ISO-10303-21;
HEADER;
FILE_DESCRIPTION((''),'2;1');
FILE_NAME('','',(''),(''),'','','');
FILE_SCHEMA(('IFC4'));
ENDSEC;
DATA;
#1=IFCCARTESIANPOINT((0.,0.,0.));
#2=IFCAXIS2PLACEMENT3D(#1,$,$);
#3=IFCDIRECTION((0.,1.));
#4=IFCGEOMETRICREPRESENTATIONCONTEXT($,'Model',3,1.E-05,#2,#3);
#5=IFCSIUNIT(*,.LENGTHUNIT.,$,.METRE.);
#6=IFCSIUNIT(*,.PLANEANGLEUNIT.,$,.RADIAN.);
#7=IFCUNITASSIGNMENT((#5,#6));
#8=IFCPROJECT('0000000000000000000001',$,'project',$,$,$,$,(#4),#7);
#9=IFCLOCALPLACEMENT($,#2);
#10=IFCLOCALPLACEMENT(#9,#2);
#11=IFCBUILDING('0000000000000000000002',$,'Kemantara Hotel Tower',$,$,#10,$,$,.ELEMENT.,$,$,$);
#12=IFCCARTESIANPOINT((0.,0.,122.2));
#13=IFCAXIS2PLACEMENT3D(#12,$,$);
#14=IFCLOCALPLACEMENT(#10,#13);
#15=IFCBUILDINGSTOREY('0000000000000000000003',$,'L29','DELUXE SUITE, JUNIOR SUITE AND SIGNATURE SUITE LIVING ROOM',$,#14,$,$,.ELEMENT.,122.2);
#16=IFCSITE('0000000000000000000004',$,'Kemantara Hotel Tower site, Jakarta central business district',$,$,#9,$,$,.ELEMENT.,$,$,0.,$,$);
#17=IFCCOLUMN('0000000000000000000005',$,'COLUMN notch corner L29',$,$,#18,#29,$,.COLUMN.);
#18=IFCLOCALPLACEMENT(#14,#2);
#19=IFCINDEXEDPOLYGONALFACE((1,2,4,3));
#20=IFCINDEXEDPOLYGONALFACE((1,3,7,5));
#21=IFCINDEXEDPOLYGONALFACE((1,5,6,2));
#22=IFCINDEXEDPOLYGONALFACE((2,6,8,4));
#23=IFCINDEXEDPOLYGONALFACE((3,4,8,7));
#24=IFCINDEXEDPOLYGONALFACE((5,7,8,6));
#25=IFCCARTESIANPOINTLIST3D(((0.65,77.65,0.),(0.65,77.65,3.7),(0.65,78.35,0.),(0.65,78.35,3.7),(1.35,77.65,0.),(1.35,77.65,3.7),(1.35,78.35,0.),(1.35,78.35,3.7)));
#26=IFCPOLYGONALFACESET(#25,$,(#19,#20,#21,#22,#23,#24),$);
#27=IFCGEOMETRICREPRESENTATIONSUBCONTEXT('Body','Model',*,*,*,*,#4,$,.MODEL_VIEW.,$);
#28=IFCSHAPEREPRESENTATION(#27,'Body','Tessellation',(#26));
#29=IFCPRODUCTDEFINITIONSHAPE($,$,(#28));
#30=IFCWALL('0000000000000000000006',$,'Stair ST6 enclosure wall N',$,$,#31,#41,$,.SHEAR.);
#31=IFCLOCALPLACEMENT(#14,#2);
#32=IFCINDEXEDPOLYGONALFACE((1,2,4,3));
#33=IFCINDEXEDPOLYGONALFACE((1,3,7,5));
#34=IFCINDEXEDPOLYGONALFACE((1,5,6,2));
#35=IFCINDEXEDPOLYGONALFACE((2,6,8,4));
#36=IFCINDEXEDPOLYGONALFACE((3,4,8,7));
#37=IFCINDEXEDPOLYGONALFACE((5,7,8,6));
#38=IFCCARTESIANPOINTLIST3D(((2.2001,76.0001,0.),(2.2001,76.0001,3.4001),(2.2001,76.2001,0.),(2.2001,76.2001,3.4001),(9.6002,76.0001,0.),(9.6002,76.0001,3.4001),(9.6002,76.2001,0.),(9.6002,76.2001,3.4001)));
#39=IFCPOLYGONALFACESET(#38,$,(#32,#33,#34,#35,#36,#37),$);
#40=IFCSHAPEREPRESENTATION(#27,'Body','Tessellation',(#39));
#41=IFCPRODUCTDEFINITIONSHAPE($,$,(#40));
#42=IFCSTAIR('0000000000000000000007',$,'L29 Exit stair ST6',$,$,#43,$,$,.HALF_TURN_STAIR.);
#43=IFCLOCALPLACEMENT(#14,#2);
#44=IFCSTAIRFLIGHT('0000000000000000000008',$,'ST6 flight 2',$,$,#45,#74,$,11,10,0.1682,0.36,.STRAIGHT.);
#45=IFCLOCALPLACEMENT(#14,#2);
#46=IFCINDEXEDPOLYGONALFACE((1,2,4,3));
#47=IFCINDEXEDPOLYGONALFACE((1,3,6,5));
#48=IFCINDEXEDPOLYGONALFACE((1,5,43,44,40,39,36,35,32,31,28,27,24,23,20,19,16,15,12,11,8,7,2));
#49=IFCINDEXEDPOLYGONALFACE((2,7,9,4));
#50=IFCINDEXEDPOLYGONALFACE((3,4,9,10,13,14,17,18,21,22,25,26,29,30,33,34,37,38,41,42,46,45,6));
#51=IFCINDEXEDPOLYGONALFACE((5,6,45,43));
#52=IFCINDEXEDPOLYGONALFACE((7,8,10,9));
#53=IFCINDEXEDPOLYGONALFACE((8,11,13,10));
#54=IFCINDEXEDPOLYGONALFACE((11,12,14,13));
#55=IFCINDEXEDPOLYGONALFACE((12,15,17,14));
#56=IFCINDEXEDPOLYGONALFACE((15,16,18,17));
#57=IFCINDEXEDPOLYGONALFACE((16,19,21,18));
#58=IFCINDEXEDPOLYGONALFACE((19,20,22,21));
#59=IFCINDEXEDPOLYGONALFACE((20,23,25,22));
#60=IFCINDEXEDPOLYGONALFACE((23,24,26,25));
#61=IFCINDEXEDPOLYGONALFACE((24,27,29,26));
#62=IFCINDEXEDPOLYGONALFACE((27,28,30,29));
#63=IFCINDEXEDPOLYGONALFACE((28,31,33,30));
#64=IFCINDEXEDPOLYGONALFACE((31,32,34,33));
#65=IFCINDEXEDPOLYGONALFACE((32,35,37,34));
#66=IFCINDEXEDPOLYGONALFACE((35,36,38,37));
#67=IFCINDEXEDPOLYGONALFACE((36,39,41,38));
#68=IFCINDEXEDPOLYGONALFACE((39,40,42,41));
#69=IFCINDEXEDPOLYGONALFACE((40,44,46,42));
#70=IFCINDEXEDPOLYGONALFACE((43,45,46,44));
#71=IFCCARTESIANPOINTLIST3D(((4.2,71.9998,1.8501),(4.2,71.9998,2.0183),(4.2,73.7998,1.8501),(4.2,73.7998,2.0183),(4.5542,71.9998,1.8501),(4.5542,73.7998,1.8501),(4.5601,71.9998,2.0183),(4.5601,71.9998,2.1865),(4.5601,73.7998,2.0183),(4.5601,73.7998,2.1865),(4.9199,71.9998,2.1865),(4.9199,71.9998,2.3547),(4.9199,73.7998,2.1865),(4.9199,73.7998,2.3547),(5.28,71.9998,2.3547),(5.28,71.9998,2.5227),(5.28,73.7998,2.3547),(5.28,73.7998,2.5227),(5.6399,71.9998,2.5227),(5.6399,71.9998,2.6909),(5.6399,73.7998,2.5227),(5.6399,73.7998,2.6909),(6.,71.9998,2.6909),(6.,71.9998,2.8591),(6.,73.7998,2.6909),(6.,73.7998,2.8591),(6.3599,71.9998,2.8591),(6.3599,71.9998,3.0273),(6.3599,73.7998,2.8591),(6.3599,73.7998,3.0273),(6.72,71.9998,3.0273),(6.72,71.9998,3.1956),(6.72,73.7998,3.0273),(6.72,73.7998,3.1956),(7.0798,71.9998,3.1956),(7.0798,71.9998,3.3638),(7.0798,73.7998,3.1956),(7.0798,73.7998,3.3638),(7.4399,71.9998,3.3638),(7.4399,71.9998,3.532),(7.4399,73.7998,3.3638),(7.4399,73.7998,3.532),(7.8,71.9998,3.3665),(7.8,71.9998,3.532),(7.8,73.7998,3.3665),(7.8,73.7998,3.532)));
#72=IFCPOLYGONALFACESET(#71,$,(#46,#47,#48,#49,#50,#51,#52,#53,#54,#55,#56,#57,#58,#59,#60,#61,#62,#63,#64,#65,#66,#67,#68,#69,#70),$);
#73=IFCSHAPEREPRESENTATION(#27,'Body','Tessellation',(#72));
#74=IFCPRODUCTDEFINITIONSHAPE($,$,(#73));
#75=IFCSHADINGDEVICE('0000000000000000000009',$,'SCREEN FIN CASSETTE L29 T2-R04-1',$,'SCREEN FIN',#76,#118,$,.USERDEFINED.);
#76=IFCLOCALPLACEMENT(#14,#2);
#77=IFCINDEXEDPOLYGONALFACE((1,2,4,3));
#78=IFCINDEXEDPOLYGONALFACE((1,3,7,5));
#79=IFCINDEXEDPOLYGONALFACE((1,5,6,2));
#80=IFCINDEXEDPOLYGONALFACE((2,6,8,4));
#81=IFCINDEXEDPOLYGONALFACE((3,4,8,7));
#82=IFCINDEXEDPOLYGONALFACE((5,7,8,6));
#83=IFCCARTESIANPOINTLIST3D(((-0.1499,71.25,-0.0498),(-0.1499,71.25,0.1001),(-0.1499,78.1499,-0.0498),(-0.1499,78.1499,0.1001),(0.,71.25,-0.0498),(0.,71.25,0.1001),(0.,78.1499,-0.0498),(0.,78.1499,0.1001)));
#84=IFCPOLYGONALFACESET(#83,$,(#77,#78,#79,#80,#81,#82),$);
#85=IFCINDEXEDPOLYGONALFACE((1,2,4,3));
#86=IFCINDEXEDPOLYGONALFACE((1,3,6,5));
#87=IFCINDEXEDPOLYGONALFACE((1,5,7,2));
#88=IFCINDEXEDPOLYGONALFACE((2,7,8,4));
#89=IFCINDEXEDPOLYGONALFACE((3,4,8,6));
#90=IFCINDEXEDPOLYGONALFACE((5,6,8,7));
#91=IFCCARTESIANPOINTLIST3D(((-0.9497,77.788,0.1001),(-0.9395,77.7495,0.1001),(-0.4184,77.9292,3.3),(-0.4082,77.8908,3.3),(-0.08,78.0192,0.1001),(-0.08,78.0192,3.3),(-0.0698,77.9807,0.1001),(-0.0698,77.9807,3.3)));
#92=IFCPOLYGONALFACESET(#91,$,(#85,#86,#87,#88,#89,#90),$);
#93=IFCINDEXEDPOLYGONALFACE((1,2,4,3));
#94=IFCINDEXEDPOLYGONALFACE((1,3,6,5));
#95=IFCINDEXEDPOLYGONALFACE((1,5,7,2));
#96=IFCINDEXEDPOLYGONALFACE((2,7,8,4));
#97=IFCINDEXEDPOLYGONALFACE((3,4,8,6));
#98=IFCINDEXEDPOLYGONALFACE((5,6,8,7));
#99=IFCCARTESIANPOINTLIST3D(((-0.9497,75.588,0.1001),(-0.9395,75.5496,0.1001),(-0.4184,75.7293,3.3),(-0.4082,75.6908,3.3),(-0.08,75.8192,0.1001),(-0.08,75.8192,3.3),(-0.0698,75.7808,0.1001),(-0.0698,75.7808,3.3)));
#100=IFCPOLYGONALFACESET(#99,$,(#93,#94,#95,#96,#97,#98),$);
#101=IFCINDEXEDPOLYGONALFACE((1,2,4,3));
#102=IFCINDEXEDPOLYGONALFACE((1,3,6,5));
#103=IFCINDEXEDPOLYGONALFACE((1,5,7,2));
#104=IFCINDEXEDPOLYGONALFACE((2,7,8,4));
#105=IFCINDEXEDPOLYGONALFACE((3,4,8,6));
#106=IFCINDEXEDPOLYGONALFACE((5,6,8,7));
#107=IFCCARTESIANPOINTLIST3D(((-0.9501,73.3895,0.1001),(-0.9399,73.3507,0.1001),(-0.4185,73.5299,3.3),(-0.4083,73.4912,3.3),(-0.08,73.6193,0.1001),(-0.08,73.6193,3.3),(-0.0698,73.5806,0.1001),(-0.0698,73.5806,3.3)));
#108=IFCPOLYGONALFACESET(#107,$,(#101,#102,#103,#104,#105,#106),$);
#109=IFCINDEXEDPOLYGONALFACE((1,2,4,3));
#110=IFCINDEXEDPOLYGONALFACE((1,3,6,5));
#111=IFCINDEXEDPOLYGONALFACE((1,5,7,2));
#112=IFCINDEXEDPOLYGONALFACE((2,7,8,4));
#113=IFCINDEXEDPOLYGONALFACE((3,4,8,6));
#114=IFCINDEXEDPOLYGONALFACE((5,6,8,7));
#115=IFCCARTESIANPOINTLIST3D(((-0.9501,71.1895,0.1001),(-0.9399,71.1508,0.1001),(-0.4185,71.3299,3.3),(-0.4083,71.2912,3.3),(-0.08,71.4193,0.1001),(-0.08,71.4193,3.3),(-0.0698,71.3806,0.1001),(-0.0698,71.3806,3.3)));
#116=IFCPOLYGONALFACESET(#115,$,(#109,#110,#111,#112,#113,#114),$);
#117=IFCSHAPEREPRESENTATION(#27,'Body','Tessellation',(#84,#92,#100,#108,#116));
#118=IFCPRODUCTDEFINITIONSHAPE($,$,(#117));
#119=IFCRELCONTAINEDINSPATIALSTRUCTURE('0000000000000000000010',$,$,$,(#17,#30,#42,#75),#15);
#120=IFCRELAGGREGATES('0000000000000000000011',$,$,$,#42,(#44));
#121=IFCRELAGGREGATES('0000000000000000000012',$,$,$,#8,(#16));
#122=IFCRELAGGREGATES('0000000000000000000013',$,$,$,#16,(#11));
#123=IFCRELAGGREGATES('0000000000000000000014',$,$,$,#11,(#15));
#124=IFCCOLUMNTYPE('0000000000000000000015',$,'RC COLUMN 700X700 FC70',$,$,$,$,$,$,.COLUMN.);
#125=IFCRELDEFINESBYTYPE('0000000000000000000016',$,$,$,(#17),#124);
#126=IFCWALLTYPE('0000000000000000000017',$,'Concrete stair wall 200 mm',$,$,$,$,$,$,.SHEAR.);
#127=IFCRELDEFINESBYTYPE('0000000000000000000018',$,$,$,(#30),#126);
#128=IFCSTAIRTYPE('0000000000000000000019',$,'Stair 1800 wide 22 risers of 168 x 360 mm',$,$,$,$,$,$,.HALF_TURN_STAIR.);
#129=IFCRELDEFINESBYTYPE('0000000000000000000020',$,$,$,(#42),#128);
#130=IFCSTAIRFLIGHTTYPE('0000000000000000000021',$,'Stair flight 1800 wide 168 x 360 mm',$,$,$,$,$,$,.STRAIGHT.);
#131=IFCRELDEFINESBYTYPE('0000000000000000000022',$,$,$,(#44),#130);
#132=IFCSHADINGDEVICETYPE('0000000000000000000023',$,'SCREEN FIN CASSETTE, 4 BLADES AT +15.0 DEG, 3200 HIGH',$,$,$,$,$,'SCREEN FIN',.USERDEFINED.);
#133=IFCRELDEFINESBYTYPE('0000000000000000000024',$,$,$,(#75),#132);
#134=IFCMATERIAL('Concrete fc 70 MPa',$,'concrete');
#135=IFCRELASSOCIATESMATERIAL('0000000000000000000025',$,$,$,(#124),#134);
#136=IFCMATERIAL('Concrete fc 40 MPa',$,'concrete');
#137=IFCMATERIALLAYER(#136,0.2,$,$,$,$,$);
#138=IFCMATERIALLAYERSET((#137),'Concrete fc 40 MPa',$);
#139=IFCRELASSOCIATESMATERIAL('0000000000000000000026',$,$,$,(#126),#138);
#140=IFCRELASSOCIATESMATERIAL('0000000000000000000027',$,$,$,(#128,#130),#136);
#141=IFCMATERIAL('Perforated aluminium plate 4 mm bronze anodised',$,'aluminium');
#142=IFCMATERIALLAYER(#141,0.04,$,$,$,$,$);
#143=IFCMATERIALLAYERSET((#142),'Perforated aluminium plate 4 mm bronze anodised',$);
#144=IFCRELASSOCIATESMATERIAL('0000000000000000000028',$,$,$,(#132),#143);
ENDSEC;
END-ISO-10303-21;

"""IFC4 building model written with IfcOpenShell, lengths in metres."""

from ifc_helpers import new_model, si_unit, direction, frame, frame_2d, origin, origin_2d, place, context, subcontext, project, spatial, polyline, rectangle, outline, extrude, source, transform, mapped, material, layer, layer_set, material_profile, profile_set, type_object, element, aggregate, save


model = new_model("IFC4")

# Units and contexts
model_context = context("Model", 3, precision=1e-05, world=origin(), true_north=direction((0.0, 1.0)))
body_context = subcontext(model_context, "Body", "Model", "MODEL_VIEW")
ifc_project = project(units=[si_unit("LENGTHUNIT", "METRE"), si_unit("PLANEANGLEUNIT", "RADIAN")], contexts=[model_context])

# Site, building, storey
site_placement = place(None, origin())
site = spatial("IfcSite", under=ifc_project, at=site_placement, Name="Kemantara Hotel Tower site, Jakarta central business district", CompositionType="ELEMENT", RefElevation=0.0)
building_placement = place(site_placement, origin())
building = spatial("IfcBuilding", under=site, at=building_placement, Name="Kemantara Hotel Tower", CompositionType="ELEMENT")
storey_placement = place(building_placement, frame((0.0, 0.0, 122.2)))
storey = spatial("IfcBuildingStorey", under=building, at=storey_placement, Name="L29", Description="DELUXE SUITE, JUNIOR SUITE AND SIGNATURE SUITE LIVING ROOM", CompositionType="ELEMENT", Elevation=122.2)

# Column
ifc_material_1 = material(Name="Concrete fc 70 MPa", Category="concrete")
ifc_material_profile = material_profile(ifc_material_1, rectangle(XDim=0.7, YDim=0.7, at=origin_2d()), Name="RC 700X700")
ifc_profile_set = profile_set([ifc_material_profile], Name="Concrete fc 70 MPa")
column_type = type_object("IfcColumnType", Name="RC COLUMN 700X700 FC70", PredefinedType="COLUMN", material=ifc_profile_set)
column_placement = place(storey_placement, frame((1.0, 78.0, 0.0), z_axis=(0.0, 0.0, 1.0), x_axis=(1.0, 0.0, 0.0)))
element("IfcColumn", 1, at=column_placement, inside=storey, type_object=column_type, Name="COLUMN notch corner L29", PredefinedType="COLUMN", context=body_context, shape_type="SweptSolid", body=[
    extrude(rectangle(XDim=0.7, YDim=0.7, at=origin_2d()), origin(), (0.0, 0.0, 1.0), 3.7),
])

# Wall
ifc_material_2 = material(Name="Concrete fc 40 MPa", Category="concrete")
ifc_layer_1 = layer(ifc_material_2, 0.2)
ifc_layer_set_1 = layer_set([ifc_layer_1], Name="Concrete fc 40 MPa")
wall_type_1 = type_object("IfcWallType", Name="Concrete stair wall 200 mm", PredefinedType="SHEAR", material=ifc_layer_set_1)
wall_1_placement = place(storey_placement, frame((2.2, 76.1001, 0.0), z_axis=(0.0, 0.0, 1.0), x_axis=(1.0, 0.0, 0.0)))
element("IfcWall", 2, at=wall_1_placement, inside=storey, type_object=wall_type_1, Name="Stair ST6 enclosure wall N", PredefinedType="SHEAR", context=body_context, shape_type="SweptSolid", body=[
    extrude(rectangle(XDim=7.4001, YDim=0.2, at=frame_2d((3.7002, 0.0))), origin(), (0.0, 0.0, 1.0), 3.4001),
])

# Stair, stair flight
stair_type = type_object("IfcStairType", Name="Stair 1800 wide 22 risers of 168 x 360 mm", PredefinedType="HALF_TURN_STAIR", material=ifc_material_2)
stair_placement = place(storey_placement, origin())
stair = element("IfcStair", 3, at=stair_placement, inside=storey, type_object=stair_type, Name="L29 Exit stair ST6", PredefinedType="HALF_TURN_STAIR")
stair_flight_type = type_object("IfcStairFlightType", Name="Stair flight 1800 wide 168 x 360 mm", PredefinedType="STRAIGHT", material=ifc_material_2)
stair_flight_placement = place(storey_placement, frame((4.2, 72.8999, 1.8501), z_axis=(0.0, 0.0, 1.0), x_axis=(1.0, 0.0, 0.0)))
stair_flight = element("IfcStairFlight", 4, at=stair_flight_placement, type_object=stair_flight_type, Name="ST6 flight 2", NumberOfRisers=11, NumberOfTreads=10, PredefinedType="STRAIGHT", RiserHeight=0.1682, TreadLength=0.36, context=body_context, shape_type="SweptSolid", body=[
    extrude(outline(polyline([(0.0, 0.0), (0.0, 0.1682), (0.3601, 0.1682), (0.3601, 0.3364), (0.72, 0.3364), (0.72, 0.5046), (1.0801, 0.5046), (1.0801, 0.6726), (1.4399, 0.6726), (1.4399, 0.8408), (1.8, 0.8408), (1.8, 1.009), (2.1599, 1.009), (2.1599, 1.1772), (2.52, 1.1772), (2.52, 1.3455), (2.8799, 1.3455), (2.8799, 1.5137), (3.24, 1.5137), (3.24, 1.6819), (3.6001, 1.6819), (3.6001, 1.8501), (3.6001, 1.5164), (0.3542, 0.0), (0.0, 0.0)])), frame((0.0, 0.8999, 0.0), z_axis=(0.0, -1.0, 0.0), x_axis=(1.0, 0.0, 0.0)), (0.0, 0.0, 1.0), 1.8),
])
aggregate(stair, [stair_flight])

# Shading device
ifc_material_3 = material(Name="Perforated aluminium plate 4 mm bronze anodised", Category="aluminium")
ifc_layer_2 = layer(ifc_material_3, 0.04)
ifc_layer_set_2 = layer_set([ifc_layer_2], Name="Perforated aluminium plate 4 mm bronze anodised")
shading_device_type = type_object("IfcShadingDeviceType", Name="SCREEN FIN CASSETTE, 4 BLADES AT +15.0 DEG, 3200 HIGH", ElementType="SCREEN FIN", PredefinedType="USERDEFINED", material=ifc_layer_set_2)
shared_shape = source(origin(), body_context, "Body", "SweptSolid", [
    extrude(rectangle(XDim=6.8999, YDim=0.1499, at=origin_2d()), frame((3.3, -0.075, -0.1499), z_axis=(0.0, 0.0, 1.0), x_axis=(1.0, 0.0, 0.0)), (0.0, 0.0, 1.0), 0.1499),
    extrude(outline(polyline([(0.0, 0.0), (0.8999, 0.0), (0.3501, 3.2), (0.0, 3.2), (0.0, 0.0)])), frame((0.0193, -0.0698, 0.0), z_axis=(-0.966438, -0.256901, 0.0), x_axis=(0.256901, -0.966438, 0.0)), (0.0, 0.0, 1.0), 0.0398),
    extrude(outline(polyline([(0.0, 0.0), (0.8999, 0.0), (0.3501, 3.2), (0.0, 3.2), (0.0, 0.0)])), frame((2.2192, -0.0698, 0.0), z_axis=(-0.966438, -0.256901, 0.0), x_axis=(0.256901, -0.966438, 0.0)), (0.0, 0.0, 1.0), 0.0398),
    extrude(outline(polyline([(0.0, 0.0), (0.8999, 0.0), (0.3501, 3.2), (0.0, 3.2), (0.0, 0.0)])), frame((4.4194, -0.0698, 0.0), z_axis=(-0.966838, -0.255391, 0.0), x_axis=(0.255391, -0.966838, 0.0)), (0.0, 0.0, 1.0), 0.04),
    extrude(outline(polyline([(0.0, 0.0), (0.8999, 0.0), (0.3501, 3.2), (0.0, 3.2), (0.0, 0.0)])), frame((6.6194, -0.0698, 0.0), z_axis=(-0.966838, -0.255391, 0.0), x_axis=(0.255391, -0.966838, 0.0)), (0.0, 0.0, 1.0), 0.04),
])
shading_device_placement = place(storey_placement, frame((0.0, 78.0, 0.1001), z_axis=(0.0, 0.0, 1.0), x_axis=(0.0, -1.0, 0.0)))
element("IfcShadingDevice", 5, at=shading_device_placement, inside=storey, type_object=shading_device_type, Name="SCREEN FIN CASSETTE L29 T2-R04-1", ObjectType="SCREEN FIN", PredefinedType="USERDEFINED", context=body_context, shape_type="MappedRepresentation", body=[
    mapped(shared_shape, transform((0.0, 0.0, 0.0))),
])

save(model, "model.ifc")
